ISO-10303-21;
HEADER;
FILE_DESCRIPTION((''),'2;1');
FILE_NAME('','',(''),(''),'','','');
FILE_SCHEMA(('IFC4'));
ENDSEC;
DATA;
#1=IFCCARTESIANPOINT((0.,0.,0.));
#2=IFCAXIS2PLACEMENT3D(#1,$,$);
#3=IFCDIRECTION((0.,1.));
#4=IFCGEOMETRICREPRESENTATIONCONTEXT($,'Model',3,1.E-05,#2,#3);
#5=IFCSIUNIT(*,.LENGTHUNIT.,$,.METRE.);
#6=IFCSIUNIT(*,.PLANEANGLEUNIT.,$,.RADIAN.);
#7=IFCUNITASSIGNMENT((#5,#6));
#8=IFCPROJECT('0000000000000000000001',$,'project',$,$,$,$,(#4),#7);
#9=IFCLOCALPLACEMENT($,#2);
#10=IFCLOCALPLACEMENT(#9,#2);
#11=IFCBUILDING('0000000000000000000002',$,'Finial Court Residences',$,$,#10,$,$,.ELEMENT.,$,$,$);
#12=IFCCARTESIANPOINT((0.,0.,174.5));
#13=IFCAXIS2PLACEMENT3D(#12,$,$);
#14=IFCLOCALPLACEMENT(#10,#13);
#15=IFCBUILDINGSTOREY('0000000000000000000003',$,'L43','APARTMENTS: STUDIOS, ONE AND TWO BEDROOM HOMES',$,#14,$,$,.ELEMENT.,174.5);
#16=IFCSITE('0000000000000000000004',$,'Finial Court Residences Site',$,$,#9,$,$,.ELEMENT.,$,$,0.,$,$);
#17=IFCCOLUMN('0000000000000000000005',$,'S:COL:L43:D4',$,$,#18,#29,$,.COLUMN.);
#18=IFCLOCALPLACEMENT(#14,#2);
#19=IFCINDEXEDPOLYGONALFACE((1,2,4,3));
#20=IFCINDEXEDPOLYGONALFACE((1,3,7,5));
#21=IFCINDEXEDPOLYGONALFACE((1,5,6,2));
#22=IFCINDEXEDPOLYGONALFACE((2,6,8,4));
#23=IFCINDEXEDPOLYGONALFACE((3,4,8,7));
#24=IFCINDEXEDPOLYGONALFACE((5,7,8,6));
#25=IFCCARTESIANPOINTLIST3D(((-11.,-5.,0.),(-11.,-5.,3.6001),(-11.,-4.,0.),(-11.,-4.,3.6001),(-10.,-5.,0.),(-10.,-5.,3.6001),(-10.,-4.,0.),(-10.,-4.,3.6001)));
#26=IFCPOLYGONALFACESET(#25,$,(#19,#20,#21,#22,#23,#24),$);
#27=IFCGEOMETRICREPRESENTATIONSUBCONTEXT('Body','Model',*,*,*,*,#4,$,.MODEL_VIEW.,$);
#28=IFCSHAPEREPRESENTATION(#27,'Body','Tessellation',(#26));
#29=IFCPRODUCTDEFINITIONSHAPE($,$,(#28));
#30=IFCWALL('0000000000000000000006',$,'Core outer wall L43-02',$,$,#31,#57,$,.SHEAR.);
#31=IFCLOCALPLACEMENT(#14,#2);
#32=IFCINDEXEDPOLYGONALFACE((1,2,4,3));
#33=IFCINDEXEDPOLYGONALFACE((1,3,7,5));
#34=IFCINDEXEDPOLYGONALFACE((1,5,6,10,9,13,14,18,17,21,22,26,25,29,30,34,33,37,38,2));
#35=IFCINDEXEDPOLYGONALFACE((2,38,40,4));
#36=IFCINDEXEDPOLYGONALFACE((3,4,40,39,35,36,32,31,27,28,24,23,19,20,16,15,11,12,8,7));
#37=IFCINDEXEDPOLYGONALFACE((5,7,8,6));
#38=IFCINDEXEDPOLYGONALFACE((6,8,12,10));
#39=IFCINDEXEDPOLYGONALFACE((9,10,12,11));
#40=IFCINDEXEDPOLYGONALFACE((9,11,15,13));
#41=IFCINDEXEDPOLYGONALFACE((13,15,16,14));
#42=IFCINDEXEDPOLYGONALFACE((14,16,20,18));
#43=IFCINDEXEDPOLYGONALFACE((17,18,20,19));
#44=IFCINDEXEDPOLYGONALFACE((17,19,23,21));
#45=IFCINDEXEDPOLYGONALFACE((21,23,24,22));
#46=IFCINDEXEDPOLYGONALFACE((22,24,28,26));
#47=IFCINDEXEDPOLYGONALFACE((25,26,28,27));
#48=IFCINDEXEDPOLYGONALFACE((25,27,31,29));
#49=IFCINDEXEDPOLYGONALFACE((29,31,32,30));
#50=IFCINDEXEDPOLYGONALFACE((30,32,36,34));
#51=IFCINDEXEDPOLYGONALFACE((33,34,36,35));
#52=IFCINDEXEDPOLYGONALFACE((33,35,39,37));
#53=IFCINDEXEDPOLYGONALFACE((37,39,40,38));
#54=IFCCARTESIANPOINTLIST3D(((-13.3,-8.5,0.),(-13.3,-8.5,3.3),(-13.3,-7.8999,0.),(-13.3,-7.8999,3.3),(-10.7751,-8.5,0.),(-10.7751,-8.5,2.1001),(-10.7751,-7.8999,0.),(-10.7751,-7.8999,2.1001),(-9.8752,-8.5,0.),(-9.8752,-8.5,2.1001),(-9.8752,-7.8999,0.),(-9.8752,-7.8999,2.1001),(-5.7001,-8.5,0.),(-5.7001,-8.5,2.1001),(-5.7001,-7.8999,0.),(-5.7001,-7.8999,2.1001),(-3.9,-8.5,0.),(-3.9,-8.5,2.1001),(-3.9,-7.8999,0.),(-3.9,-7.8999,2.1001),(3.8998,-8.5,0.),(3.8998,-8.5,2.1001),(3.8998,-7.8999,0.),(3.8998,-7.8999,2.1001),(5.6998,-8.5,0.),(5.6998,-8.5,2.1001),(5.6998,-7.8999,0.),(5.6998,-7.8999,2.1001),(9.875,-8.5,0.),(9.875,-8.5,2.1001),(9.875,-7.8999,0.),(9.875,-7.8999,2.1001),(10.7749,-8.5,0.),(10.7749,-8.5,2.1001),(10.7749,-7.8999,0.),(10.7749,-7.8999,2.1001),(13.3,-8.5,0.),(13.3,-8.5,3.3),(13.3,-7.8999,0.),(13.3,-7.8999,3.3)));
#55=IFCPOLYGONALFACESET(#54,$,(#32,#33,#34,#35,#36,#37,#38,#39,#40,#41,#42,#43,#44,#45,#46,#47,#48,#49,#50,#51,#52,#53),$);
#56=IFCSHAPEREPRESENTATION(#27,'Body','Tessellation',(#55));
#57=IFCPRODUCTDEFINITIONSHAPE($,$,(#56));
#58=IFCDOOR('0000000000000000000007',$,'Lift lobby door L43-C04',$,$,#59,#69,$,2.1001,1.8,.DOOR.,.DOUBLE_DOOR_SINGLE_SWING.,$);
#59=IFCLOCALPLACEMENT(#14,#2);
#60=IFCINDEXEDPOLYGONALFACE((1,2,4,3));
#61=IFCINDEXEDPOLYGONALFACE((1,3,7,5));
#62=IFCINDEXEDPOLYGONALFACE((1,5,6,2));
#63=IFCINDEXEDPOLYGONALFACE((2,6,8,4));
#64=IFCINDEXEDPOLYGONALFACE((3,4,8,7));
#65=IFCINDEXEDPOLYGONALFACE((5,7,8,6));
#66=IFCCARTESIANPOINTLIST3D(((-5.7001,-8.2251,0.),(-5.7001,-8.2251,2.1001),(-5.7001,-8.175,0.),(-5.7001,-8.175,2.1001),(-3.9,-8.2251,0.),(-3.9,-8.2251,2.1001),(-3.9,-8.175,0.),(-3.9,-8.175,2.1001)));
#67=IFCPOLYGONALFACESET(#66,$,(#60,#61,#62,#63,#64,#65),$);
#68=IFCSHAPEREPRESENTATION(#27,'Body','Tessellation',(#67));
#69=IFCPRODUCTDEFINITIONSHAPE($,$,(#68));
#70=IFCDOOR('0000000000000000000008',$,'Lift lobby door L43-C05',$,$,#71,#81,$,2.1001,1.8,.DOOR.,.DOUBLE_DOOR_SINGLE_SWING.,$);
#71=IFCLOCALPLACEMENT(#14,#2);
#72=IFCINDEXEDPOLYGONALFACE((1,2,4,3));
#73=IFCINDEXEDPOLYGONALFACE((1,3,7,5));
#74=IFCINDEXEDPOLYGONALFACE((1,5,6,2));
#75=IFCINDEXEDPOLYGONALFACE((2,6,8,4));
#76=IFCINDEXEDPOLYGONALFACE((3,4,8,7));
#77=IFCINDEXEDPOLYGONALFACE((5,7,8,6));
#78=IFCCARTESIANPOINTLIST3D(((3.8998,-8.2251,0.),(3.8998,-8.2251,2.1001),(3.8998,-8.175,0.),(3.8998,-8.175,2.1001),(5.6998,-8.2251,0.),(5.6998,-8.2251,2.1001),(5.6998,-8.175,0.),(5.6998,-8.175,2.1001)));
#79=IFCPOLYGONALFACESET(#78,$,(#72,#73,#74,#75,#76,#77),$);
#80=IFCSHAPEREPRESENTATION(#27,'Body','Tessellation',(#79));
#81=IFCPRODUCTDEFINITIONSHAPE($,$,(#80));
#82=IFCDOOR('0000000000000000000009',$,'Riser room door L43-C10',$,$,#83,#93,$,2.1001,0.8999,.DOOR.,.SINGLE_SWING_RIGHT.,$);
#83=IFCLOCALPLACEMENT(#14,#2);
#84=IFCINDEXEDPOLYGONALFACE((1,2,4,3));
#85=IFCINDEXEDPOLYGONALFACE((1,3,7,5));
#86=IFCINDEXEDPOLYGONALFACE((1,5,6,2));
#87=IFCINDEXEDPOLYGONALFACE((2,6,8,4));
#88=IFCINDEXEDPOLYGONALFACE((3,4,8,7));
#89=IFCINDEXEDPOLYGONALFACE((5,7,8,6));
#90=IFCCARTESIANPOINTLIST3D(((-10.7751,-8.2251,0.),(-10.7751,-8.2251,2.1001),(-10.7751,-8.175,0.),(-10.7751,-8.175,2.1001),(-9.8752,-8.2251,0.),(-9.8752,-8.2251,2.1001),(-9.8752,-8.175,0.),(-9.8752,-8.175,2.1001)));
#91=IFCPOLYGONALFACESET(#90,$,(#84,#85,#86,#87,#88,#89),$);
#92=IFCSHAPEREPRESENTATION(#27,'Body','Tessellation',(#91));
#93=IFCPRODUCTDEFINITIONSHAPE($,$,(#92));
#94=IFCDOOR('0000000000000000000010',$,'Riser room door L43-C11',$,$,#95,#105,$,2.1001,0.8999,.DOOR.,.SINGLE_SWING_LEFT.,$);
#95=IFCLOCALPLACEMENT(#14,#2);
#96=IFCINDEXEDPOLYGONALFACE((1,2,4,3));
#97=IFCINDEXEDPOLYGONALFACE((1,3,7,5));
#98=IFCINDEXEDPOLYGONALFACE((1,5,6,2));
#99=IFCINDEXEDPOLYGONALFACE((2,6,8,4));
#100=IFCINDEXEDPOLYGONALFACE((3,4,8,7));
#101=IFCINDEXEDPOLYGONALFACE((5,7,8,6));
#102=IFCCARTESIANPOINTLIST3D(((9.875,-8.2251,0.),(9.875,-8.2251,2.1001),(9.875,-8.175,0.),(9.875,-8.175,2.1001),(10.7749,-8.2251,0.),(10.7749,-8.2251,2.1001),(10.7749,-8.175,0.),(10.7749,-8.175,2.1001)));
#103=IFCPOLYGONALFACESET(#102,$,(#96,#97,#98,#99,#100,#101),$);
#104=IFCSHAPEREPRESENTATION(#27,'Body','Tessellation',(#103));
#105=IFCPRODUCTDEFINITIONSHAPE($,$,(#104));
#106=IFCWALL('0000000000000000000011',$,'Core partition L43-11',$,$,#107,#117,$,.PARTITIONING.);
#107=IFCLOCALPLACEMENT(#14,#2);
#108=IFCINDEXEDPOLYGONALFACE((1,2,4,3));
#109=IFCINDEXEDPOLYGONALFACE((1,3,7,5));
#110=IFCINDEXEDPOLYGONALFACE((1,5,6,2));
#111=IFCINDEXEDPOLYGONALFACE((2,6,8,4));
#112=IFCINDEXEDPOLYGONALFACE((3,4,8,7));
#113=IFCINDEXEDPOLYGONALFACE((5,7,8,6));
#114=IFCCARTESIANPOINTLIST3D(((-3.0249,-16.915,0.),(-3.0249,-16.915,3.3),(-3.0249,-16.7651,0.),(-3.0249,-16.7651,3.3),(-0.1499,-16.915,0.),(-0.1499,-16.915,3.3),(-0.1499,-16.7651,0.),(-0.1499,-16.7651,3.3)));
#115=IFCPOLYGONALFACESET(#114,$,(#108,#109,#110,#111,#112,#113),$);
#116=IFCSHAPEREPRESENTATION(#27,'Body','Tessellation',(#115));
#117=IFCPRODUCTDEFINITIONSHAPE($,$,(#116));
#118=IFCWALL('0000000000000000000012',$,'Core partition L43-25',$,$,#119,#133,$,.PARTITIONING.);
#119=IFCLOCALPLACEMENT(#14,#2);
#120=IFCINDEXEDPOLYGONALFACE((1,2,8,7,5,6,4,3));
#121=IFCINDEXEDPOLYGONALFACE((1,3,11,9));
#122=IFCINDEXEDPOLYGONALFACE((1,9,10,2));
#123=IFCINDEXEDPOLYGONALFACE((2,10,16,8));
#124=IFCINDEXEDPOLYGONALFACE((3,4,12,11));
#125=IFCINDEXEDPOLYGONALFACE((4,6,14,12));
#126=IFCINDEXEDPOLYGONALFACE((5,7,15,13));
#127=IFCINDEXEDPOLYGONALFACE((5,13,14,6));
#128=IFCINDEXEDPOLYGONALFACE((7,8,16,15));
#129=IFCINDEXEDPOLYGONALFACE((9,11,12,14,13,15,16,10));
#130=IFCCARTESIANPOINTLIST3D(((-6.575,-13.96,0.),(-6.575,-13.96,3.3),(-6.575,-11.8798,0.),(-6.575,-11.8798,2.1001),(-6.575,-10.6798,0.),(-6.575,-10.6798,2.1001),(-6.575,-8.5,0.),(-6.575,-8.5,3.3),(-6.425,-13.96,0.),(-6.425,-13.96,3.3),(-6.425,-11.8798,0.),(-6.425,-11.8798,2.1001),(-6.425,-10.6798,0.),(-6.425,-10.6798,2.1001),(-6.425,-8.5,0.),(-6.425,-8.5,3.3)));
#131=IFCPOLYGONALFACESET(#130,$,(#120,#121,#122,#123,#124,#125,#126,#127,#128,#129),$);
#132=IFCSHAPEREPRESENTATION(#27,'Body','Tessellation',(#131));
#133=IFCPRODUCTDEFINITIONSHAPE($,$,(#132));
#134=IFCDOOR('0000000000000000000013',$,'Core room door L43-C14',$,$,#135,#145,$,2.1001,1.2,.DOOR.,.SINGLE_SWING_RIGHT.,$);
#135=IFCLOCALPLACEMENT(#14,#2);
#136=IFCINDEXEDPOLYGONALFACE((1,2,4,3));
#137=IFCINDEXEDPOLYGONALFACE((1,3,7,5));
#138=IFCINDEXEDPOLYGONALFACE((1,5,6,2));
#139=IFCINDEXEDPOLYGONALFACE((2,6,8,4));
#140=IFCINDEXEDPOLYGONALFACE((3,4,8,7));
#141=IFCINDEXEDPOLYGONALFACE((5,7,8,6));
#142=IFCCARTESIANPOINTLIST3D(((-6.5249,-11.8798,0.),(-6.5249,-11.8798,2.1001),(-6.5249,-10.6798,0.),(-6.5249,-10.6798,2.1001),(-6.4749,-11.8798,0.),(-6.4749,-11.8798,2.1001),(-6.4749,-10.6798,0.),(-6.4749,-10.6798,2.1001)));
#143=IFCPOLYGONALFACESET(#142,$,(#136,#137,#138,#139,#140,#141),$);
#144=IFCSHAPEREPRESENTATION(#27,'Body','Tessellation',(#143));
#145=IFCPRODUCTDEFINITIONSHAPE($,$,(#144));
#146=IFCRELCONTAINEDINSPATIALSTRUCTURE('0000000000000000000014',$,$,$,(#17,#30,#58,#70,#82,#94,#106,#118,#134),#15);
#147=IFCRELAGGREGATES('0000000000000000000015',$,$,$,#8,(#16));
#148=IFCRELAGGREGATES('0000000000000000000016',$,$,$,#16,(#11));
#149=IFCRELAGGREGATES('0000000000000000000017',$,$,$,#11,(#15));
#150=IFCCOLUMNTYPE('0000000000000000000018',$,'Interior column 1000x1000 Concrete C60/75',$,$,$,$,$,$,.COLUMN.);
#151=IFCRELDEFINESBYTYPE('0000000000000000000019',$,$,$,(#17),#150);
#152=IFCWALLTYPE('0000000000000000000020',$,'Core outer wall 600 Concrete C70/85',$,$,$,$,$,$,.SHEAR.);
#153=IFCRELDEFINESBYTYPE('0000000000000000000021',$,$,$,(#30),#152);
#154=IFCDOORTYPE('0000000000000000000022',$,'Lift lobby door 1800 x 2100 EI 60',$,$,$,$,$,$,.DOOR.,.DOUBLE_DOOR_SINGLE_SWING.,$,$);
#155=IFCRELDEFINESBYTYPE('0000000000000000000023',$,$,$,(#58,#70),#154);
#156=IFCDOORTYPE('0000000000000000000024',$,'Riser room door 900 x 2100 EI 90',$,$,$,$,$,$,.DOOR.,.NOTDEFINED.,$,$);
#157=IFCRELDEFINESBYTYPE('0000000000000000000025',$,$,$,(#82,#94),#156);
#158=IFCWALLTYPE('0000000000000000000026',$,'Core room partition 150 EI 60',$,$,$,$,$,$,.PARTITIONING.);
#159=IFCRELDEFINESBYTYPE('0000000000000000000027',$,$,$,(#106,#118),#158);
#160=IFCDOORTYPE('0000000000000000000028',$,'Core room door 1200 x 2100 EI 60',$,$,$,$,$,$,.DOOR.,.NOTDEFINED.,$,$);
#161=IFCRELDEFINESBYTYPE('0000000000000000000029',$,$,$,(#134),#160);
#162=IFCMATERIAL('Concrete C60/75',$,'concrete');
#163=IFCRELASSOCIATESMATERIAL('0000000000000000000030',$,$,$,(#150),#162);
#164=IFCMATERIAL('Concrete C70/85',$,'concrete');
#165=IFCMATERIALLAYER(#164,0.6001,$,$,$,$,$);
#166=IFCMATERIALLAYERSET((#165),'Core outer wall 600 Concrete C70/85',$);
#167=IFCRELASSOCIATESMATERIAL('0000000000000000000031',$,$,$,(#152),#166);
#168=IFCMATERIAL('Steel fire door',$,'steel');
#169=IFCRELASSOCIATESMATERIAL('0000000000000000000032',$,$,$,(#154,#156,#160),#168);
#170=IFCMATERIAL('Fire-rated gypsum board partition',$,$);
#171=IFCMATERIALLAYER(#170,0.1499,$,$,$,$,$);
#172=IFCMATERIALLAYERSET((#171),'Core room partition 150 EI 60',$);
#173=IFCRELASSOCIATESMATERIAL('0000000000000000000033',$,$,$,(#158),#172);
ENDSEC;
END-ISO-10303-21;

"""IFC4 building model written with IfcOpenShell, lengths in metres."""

from ifc_helpers import new_model, si_unit, direction, frame, frame_2d, origin, origin_2d, place, context, subcontext, project, spatial, rectangle, extrude, material, layer, layer_set, material_profile, profile_set, type_object, element, fill, save


model = new_model("IFC4")

# Units and contexts
model_context = context("Model", 3, precision=1e-05, world=origin(), true_north=direction((0.0, 1.0)))
body_context = subcontext(model_context, "Body", "Model", "MODEL_VIEW")
ifc_project = project(units=[si_unit("LENGTHUNIT", "METRE"), si_unit("PLANEANGLEUNIT", "RADIAN")], contexts=[model_context])

# Site, building, storey
site_placement = place(None, origin())
site = spatial("IfcSite", under=ifc_project, at=site_placement, Name="Finial Court Residences Site", CompositionType="ELEMENT", RefElevation=0.0)
building_placement = place(site_placement, origin())
building = spatial("IfcBuilding", under=site, at=building_placement, Name="Finial Court Residences", CompositionType="ELEMENT")
storey_placement = place(building_placement, frame((0.0, 0.0, 174.5)))
storey = spatial("IfcBuildingStorey", under=building, at=storey_placement, Name="L43", Description="APARTMENTS: STUDIOS, ONE AND TWO BEDROOM HOMES", CompositionType="ELEMENT", Elevation=174.5)

# Column
ifc_material_1 = material(Name="Concrete C60/75", Category="concrete")
ifc_material_profile = material_profile(ifc_material_1, rectangle(XDim=1.0, YDim=1.0, at=origin_2d()), Name="1000x1000")
ifc_profile_set = profile_set([ifc_material_profile], Name="Concrete C60/75")
column_type = type_object("IfcColumnType", Name="Interior column 1000x1000 Concrete C60/75", PredefinedType="COLUMN", material=ifc_profile_set)
column_placement = place(storey_placement, frame((-10.5, -4.5, 0.0), z_axis=(0.0, 0.0, 1.0), x_axis=(1.0, 0.0, 0.0)))
element("IfcColumn", 1, at=column_placement, inside=storey, type_object=column_type, Name="S:COL:L43:D4", PredefinedType="COLUMN", context=body_context, shape_type="SweptSolid", body=[
    extrude(rectangle(XDim=1.0, YDim=1.0, at=origin_2d()), origin(), (0.0, 0.0, 1.0), 3.6001),
])

# Wall, openings, doors
ifc_material_2 = material(Name="Concrete C70/85", Category="concrete")
ifc_layer_1 = layer(ifc_material_2, 0.6001)
ifc_layer_set_1 = layer_set([ifc_layer_1], Name="Core outer wall 600 Concrete C70/85")
wall_type_1 = type_object("IfcWallType", Name="Core outer wall 600 Concrete C70/85", PredefinedType="SHEAR", material=ifc_layer_set_1)
wall_1_placement = place(storey_placement, frame((-13.3, -8.2, 0.0), z_axis=(0.0, 0.0, 1.0), x_axis=(1.0, 0.0, 0.0)))
wall_1 = element("IfcWall", 2, at=wall_1_placement, inside=storey, type_object=wall_type_1, Name="Core outer wall L43-02", PredefinedType="SHEAR", context=body_context, shape_type="SweptSolid", body=[
    extrude(rectangle(XDim=26.6001, YDim=0.6001, at=frame_2d((13.3, 0.0))), origin(), (0.0, 0.0, 1.0), 3.3),
])
opening_1_placement = place(wall_1_placement, frame((7.6001, 0.0, 0.0)))
opening_1 = element("IfcOpeningElement", 3, at=opening_1_placement, cuts=wall_1, PredefinedType="OPENING", context=body_context, shape_type="SweptSolid", body=[
    extrude(rectangle(XDim=1.8, YDim=2.1001, at=frame_2d((0.8999, 1.05))), frame((0.0, 0.3101, 0.0), z_axis=(0.0, -1.0, 0.0), x_axis=(1.0, 0.0, 0.0)), (0.0, 0.0, 1.0), 0.6201),
])
opening_2_placement = place(wall_1_placement, frame((17.2, 0.0, 0.0)))
opening_2 = element("IfcOpeningElement", 4, at=opening_2_placement, cuts=wall_1, PredefinedType="OPENING", context=body_context, shape_type="SweptSolid", body=[
    extrude(rectangle(XDim=1.8, YDim=2.1001, at=frame_2d((0.8999, 1.05))), frame((0.0, 0.3101, 0.0), z_axis=(0.0, -1.0, 0.0), x_axis=(1.0, 0.0, 0.0)), (0.0, 0.0, 1.0), 0.6201),
])
opening_3_placement = place(wall_1_placement, frame((2.5249, 0.0, 0.0)))
opening_3 = element("IfcOpeningElement", 5, at=opening_3_placement, cuts=wall_1, PredefinedType="OPENING", context=body_context, shape_type="SweptSolid", body=[
    extrude(rectangle(XDim=0.8999, YDim=2.1001, at=frame_2d((0.45, 1.05))), frame((0.0, 0.3101, 0.0), z_axis=(0.0, -1.0, 0.0), x_axis=(1.0, 0.0, 0.0)), (0.0, 0.0, 1.0), 0.6201),
])
opening_4_placement = place(wall_1_placement, frame((23.175, 0.0, 0.0)))
opening_4 = element("IfcOpeningElement", 6, at=opening_4_placement, cuts=wall_1, PredefinedType="OPENING", context=body_context, shape_type="SweptSolid", body=[
    extrude(rectangle(XDim=0.8999, YDim=2.1001, at=frame_2d((0.45, 1.05))), frame((0.0, 0.3101, 0.0), z_axis=(0.0, -1.0, 0.0), x_axis=(1.0, 0.0, 0.0)), (0.0, 0.0, 1.0), 0.6201),
])
ifc_material_3 = material(Name="Steel fire door", Category="steel")
door_type_1 = type_object("IfcDoorType", Name="Lift lobby door 1800 x 2100 EI 60", OperationType="DOUBLE_DOOR_SINGLE_SWING", PredefinedType="DOOR", material=ifc_material_3)
door_1_placement = place(opening_1_placement, origin())
door_1 = element("IfcDoor", 7, at=door_1_placement, inside=storey, type_object=door_type_1, Name="Lift lobby door L43-C04", OperationType="DOUBLE_DOOR_SINGLE_SWING", OverallHeight=2.1001, OverallWidth=1.8, PredefinedType="DOOR", context=body_context, shape_type="SweptSolid", body=[
    extrude(rectangle(XDim=1.8, YDim=2.1001, at=frame_2d((0.8999, 1.05))), frame((0.0, 0.0249, 0.0), z_axis=(0.0, -1.0, 0.0), x_axis=(1.0, 0.0, 0.0)), (0.0, 0.0, 1.0), 0.05),
])
fill(opening_1, door_1)
door_2_placement = place(opening_2_placement, origin())
door_2 = element("IfcDoor", 8, at=door_2_placement, inside=storey, type_object=door_type_1, Name="Lift lobby door L43-C05", OperationType="DOUBLE_DOOR_SINGLE_SWING", OverallHeight=2.1001, OverallWidth=1.8, PredefinedType="DOOR", context=body_context, shape_type="SweptSolid", body=[
    extrude(rectangle(XDim=1.8, YDim=2.1001, at=frame_2d((0.8999, 1.05))), frame((0.0, 0.0249, 0.0), z_axis=(0.0, -1.0, 0.0), x_axis=(1.0, 0.0, 0.0)), (0.0, 0.0, 1.0), 0.05),
])
fill(opening_2, door_2)
door_type_2 = type_object("IfcDoorType", Name="Riser room door 900 x 2100 EI 90", OperationType="NOTDEFINED", PredefinedType="DOOR", material=ifc_material_3)
door_3_placement = place(opening_3_placement, origin())
door_3 = element("IfcDoor", 9, at=door_3_placement, inside=storey, type_object=door_type_2, Name="Riser room door L43-C10", OperationType="SINGLE_SWING_RIGHT", OverallHeight=2.1001, OverallWidth=0.8999, PredefinedType="DOOR", context=body_context, shape_type="SweptSolid", body=[
    extrude(rectangle(XDim=0.8999, YDim=2.1001, at=frame_2d((0.45, 1.05))), frame((0.0, 0.0249, 0.0), z_axis=(0.0, -1.0, 0.0), x_axis=(1.0, 0.0, 0.0)), (0.0, 0.0, 1.0), 0.05),
])
fill(opening_3, door_3)
door_4_placement = place(opening_4_placement, origin())
door_4 = element("IfcDoor", 10, at=door_4_placement, inside=storey, type_object=door_type_2, Name="Riser room door L43-C11", OperationType="SINGLE_SWING_LEFT", OverallHeight=2.1001, OverallWidth=0.8999, PredefinedType="DOOR", context=body_context, shape_type="SweptSolid", body=[
    extrude(rectangle(XDim=0.8999, YDim=2.1001, at=frame_2d((0.45, 1.05))), frame((0.0, 0.0249, 0.0), z_axis=(0.0, -1.0, 0.0), x_axis=(1.0, 0.0, 0.0)), (0.0, 0.0, 1.0), 0.05),
])
fill(opening_4, door_4)

# Wall
ifc_material_4 = material(Name="Fire-rated gypsum board partition")
ifc_layer_2 = layer(ifc_material_4, 0.1499)
ifc_layer_set_2 = layer_set([ifc_layer_2], Name="Core room partition 150 EI 60")
wall_type_2 = type_object("IfcWallType", Name="Core room partition 150 EI 60", PredefinedType="PARTITIONING", material=ifc_layer_set_2)
wall_2_placement = place(storey_placement, frame((-3.0249, -16.8401, 0.0), z_axis=(0.0, 0.0, 1.0), x_axis=(1.0, 0.0, 0.0)))
element("IfcWall", 11, at=wall_2_placement, inside=storey, type_object=wall_type_2, Name="Core partition L43-11", PredefinedType="PARTITIONING", context=body_context, shape_type="SweptSolid", body=[
    extrude(rectangle(XDim=2.875, YDim=0.1499, at=frame_2d((1.4375, 0.0))), origin(), (0.0, 0.0, 1.0), 3.3),
])

# Wall, opening, door
wall_3_placement = place(storey_placement, frame((-6.5, -13.96, 0.0), z_axis=(0.0, 0.0, 1.0), x_axis=(0.0, 1.0, 0.0)))
wall_3 = element("IfcWall", 12, at=wall_3_placement, inside=storey, type_object=wall_type_2, Name="Core partition L43-25", PredefinedType="PARTITIONING", context=body_context, shape_type="SweptSolid", body=[
    extrude(rectangle(XDim=5.46, YDim=0.1499, at=frame_2d((2.73, 0.0))), origin(), (0.0, 0.0, 1.0), 3.3),
])
opening_5_placement = place(wall_3_placement, frame((2.0801, 0.0, 0.0)))
opening_5 = element("IfcOpeningElement", 13, at=opening_5_placement, cuts=wall_3, PredefinedType="OPENING", context=body_context, shape_type="SweptSolid", body=[
    extrude(rectangle(XDim=1.2, YDim=2.1001, at=frame_2d((0.6001, 1.05))), frame((0.0, 0.085, 0.0), z_axis=(0.0, -1.0, 0.0), x_axis=(1.0, 0.0, 0.0)), (0.0, 0.0, 1.0), 0.1699),
])
door_type_3 = type_object("IfcDoorType", Name="Core room door 1200 x 2100 EI 60", OperationType="NOTDEFINED", PredefinedType="DOOR", material=ifc_material_3)
door_5_placement = place(opening_5_placement, origin())
door_5 = element("IfcDoor", 14, at=door_5_placement, inside=storey, type_object=door_type_3, Name="Core room door L43-C14", OperationType="SINGLE_SWING_RIGHT", OverallHeight=2.1001, OverallWidth=1.2, PredefinedType="DOOR", context=body_context, shape_type="SweptSolid", body=[
    extrude(rectangle(XDim=1.2, YDim=2.1001, at=frame_2d((0.6001, 1.05))), frame((0.0, 0.0249, 0.0), z_axis=(0.0, -1.0, 0.0), x_axis=(1.0, 0.0, 0.0)), (0.0, 0.0, 1.0), 0.05),
])
fill(opening_5, door_5)

save(model, "model.ifc")
